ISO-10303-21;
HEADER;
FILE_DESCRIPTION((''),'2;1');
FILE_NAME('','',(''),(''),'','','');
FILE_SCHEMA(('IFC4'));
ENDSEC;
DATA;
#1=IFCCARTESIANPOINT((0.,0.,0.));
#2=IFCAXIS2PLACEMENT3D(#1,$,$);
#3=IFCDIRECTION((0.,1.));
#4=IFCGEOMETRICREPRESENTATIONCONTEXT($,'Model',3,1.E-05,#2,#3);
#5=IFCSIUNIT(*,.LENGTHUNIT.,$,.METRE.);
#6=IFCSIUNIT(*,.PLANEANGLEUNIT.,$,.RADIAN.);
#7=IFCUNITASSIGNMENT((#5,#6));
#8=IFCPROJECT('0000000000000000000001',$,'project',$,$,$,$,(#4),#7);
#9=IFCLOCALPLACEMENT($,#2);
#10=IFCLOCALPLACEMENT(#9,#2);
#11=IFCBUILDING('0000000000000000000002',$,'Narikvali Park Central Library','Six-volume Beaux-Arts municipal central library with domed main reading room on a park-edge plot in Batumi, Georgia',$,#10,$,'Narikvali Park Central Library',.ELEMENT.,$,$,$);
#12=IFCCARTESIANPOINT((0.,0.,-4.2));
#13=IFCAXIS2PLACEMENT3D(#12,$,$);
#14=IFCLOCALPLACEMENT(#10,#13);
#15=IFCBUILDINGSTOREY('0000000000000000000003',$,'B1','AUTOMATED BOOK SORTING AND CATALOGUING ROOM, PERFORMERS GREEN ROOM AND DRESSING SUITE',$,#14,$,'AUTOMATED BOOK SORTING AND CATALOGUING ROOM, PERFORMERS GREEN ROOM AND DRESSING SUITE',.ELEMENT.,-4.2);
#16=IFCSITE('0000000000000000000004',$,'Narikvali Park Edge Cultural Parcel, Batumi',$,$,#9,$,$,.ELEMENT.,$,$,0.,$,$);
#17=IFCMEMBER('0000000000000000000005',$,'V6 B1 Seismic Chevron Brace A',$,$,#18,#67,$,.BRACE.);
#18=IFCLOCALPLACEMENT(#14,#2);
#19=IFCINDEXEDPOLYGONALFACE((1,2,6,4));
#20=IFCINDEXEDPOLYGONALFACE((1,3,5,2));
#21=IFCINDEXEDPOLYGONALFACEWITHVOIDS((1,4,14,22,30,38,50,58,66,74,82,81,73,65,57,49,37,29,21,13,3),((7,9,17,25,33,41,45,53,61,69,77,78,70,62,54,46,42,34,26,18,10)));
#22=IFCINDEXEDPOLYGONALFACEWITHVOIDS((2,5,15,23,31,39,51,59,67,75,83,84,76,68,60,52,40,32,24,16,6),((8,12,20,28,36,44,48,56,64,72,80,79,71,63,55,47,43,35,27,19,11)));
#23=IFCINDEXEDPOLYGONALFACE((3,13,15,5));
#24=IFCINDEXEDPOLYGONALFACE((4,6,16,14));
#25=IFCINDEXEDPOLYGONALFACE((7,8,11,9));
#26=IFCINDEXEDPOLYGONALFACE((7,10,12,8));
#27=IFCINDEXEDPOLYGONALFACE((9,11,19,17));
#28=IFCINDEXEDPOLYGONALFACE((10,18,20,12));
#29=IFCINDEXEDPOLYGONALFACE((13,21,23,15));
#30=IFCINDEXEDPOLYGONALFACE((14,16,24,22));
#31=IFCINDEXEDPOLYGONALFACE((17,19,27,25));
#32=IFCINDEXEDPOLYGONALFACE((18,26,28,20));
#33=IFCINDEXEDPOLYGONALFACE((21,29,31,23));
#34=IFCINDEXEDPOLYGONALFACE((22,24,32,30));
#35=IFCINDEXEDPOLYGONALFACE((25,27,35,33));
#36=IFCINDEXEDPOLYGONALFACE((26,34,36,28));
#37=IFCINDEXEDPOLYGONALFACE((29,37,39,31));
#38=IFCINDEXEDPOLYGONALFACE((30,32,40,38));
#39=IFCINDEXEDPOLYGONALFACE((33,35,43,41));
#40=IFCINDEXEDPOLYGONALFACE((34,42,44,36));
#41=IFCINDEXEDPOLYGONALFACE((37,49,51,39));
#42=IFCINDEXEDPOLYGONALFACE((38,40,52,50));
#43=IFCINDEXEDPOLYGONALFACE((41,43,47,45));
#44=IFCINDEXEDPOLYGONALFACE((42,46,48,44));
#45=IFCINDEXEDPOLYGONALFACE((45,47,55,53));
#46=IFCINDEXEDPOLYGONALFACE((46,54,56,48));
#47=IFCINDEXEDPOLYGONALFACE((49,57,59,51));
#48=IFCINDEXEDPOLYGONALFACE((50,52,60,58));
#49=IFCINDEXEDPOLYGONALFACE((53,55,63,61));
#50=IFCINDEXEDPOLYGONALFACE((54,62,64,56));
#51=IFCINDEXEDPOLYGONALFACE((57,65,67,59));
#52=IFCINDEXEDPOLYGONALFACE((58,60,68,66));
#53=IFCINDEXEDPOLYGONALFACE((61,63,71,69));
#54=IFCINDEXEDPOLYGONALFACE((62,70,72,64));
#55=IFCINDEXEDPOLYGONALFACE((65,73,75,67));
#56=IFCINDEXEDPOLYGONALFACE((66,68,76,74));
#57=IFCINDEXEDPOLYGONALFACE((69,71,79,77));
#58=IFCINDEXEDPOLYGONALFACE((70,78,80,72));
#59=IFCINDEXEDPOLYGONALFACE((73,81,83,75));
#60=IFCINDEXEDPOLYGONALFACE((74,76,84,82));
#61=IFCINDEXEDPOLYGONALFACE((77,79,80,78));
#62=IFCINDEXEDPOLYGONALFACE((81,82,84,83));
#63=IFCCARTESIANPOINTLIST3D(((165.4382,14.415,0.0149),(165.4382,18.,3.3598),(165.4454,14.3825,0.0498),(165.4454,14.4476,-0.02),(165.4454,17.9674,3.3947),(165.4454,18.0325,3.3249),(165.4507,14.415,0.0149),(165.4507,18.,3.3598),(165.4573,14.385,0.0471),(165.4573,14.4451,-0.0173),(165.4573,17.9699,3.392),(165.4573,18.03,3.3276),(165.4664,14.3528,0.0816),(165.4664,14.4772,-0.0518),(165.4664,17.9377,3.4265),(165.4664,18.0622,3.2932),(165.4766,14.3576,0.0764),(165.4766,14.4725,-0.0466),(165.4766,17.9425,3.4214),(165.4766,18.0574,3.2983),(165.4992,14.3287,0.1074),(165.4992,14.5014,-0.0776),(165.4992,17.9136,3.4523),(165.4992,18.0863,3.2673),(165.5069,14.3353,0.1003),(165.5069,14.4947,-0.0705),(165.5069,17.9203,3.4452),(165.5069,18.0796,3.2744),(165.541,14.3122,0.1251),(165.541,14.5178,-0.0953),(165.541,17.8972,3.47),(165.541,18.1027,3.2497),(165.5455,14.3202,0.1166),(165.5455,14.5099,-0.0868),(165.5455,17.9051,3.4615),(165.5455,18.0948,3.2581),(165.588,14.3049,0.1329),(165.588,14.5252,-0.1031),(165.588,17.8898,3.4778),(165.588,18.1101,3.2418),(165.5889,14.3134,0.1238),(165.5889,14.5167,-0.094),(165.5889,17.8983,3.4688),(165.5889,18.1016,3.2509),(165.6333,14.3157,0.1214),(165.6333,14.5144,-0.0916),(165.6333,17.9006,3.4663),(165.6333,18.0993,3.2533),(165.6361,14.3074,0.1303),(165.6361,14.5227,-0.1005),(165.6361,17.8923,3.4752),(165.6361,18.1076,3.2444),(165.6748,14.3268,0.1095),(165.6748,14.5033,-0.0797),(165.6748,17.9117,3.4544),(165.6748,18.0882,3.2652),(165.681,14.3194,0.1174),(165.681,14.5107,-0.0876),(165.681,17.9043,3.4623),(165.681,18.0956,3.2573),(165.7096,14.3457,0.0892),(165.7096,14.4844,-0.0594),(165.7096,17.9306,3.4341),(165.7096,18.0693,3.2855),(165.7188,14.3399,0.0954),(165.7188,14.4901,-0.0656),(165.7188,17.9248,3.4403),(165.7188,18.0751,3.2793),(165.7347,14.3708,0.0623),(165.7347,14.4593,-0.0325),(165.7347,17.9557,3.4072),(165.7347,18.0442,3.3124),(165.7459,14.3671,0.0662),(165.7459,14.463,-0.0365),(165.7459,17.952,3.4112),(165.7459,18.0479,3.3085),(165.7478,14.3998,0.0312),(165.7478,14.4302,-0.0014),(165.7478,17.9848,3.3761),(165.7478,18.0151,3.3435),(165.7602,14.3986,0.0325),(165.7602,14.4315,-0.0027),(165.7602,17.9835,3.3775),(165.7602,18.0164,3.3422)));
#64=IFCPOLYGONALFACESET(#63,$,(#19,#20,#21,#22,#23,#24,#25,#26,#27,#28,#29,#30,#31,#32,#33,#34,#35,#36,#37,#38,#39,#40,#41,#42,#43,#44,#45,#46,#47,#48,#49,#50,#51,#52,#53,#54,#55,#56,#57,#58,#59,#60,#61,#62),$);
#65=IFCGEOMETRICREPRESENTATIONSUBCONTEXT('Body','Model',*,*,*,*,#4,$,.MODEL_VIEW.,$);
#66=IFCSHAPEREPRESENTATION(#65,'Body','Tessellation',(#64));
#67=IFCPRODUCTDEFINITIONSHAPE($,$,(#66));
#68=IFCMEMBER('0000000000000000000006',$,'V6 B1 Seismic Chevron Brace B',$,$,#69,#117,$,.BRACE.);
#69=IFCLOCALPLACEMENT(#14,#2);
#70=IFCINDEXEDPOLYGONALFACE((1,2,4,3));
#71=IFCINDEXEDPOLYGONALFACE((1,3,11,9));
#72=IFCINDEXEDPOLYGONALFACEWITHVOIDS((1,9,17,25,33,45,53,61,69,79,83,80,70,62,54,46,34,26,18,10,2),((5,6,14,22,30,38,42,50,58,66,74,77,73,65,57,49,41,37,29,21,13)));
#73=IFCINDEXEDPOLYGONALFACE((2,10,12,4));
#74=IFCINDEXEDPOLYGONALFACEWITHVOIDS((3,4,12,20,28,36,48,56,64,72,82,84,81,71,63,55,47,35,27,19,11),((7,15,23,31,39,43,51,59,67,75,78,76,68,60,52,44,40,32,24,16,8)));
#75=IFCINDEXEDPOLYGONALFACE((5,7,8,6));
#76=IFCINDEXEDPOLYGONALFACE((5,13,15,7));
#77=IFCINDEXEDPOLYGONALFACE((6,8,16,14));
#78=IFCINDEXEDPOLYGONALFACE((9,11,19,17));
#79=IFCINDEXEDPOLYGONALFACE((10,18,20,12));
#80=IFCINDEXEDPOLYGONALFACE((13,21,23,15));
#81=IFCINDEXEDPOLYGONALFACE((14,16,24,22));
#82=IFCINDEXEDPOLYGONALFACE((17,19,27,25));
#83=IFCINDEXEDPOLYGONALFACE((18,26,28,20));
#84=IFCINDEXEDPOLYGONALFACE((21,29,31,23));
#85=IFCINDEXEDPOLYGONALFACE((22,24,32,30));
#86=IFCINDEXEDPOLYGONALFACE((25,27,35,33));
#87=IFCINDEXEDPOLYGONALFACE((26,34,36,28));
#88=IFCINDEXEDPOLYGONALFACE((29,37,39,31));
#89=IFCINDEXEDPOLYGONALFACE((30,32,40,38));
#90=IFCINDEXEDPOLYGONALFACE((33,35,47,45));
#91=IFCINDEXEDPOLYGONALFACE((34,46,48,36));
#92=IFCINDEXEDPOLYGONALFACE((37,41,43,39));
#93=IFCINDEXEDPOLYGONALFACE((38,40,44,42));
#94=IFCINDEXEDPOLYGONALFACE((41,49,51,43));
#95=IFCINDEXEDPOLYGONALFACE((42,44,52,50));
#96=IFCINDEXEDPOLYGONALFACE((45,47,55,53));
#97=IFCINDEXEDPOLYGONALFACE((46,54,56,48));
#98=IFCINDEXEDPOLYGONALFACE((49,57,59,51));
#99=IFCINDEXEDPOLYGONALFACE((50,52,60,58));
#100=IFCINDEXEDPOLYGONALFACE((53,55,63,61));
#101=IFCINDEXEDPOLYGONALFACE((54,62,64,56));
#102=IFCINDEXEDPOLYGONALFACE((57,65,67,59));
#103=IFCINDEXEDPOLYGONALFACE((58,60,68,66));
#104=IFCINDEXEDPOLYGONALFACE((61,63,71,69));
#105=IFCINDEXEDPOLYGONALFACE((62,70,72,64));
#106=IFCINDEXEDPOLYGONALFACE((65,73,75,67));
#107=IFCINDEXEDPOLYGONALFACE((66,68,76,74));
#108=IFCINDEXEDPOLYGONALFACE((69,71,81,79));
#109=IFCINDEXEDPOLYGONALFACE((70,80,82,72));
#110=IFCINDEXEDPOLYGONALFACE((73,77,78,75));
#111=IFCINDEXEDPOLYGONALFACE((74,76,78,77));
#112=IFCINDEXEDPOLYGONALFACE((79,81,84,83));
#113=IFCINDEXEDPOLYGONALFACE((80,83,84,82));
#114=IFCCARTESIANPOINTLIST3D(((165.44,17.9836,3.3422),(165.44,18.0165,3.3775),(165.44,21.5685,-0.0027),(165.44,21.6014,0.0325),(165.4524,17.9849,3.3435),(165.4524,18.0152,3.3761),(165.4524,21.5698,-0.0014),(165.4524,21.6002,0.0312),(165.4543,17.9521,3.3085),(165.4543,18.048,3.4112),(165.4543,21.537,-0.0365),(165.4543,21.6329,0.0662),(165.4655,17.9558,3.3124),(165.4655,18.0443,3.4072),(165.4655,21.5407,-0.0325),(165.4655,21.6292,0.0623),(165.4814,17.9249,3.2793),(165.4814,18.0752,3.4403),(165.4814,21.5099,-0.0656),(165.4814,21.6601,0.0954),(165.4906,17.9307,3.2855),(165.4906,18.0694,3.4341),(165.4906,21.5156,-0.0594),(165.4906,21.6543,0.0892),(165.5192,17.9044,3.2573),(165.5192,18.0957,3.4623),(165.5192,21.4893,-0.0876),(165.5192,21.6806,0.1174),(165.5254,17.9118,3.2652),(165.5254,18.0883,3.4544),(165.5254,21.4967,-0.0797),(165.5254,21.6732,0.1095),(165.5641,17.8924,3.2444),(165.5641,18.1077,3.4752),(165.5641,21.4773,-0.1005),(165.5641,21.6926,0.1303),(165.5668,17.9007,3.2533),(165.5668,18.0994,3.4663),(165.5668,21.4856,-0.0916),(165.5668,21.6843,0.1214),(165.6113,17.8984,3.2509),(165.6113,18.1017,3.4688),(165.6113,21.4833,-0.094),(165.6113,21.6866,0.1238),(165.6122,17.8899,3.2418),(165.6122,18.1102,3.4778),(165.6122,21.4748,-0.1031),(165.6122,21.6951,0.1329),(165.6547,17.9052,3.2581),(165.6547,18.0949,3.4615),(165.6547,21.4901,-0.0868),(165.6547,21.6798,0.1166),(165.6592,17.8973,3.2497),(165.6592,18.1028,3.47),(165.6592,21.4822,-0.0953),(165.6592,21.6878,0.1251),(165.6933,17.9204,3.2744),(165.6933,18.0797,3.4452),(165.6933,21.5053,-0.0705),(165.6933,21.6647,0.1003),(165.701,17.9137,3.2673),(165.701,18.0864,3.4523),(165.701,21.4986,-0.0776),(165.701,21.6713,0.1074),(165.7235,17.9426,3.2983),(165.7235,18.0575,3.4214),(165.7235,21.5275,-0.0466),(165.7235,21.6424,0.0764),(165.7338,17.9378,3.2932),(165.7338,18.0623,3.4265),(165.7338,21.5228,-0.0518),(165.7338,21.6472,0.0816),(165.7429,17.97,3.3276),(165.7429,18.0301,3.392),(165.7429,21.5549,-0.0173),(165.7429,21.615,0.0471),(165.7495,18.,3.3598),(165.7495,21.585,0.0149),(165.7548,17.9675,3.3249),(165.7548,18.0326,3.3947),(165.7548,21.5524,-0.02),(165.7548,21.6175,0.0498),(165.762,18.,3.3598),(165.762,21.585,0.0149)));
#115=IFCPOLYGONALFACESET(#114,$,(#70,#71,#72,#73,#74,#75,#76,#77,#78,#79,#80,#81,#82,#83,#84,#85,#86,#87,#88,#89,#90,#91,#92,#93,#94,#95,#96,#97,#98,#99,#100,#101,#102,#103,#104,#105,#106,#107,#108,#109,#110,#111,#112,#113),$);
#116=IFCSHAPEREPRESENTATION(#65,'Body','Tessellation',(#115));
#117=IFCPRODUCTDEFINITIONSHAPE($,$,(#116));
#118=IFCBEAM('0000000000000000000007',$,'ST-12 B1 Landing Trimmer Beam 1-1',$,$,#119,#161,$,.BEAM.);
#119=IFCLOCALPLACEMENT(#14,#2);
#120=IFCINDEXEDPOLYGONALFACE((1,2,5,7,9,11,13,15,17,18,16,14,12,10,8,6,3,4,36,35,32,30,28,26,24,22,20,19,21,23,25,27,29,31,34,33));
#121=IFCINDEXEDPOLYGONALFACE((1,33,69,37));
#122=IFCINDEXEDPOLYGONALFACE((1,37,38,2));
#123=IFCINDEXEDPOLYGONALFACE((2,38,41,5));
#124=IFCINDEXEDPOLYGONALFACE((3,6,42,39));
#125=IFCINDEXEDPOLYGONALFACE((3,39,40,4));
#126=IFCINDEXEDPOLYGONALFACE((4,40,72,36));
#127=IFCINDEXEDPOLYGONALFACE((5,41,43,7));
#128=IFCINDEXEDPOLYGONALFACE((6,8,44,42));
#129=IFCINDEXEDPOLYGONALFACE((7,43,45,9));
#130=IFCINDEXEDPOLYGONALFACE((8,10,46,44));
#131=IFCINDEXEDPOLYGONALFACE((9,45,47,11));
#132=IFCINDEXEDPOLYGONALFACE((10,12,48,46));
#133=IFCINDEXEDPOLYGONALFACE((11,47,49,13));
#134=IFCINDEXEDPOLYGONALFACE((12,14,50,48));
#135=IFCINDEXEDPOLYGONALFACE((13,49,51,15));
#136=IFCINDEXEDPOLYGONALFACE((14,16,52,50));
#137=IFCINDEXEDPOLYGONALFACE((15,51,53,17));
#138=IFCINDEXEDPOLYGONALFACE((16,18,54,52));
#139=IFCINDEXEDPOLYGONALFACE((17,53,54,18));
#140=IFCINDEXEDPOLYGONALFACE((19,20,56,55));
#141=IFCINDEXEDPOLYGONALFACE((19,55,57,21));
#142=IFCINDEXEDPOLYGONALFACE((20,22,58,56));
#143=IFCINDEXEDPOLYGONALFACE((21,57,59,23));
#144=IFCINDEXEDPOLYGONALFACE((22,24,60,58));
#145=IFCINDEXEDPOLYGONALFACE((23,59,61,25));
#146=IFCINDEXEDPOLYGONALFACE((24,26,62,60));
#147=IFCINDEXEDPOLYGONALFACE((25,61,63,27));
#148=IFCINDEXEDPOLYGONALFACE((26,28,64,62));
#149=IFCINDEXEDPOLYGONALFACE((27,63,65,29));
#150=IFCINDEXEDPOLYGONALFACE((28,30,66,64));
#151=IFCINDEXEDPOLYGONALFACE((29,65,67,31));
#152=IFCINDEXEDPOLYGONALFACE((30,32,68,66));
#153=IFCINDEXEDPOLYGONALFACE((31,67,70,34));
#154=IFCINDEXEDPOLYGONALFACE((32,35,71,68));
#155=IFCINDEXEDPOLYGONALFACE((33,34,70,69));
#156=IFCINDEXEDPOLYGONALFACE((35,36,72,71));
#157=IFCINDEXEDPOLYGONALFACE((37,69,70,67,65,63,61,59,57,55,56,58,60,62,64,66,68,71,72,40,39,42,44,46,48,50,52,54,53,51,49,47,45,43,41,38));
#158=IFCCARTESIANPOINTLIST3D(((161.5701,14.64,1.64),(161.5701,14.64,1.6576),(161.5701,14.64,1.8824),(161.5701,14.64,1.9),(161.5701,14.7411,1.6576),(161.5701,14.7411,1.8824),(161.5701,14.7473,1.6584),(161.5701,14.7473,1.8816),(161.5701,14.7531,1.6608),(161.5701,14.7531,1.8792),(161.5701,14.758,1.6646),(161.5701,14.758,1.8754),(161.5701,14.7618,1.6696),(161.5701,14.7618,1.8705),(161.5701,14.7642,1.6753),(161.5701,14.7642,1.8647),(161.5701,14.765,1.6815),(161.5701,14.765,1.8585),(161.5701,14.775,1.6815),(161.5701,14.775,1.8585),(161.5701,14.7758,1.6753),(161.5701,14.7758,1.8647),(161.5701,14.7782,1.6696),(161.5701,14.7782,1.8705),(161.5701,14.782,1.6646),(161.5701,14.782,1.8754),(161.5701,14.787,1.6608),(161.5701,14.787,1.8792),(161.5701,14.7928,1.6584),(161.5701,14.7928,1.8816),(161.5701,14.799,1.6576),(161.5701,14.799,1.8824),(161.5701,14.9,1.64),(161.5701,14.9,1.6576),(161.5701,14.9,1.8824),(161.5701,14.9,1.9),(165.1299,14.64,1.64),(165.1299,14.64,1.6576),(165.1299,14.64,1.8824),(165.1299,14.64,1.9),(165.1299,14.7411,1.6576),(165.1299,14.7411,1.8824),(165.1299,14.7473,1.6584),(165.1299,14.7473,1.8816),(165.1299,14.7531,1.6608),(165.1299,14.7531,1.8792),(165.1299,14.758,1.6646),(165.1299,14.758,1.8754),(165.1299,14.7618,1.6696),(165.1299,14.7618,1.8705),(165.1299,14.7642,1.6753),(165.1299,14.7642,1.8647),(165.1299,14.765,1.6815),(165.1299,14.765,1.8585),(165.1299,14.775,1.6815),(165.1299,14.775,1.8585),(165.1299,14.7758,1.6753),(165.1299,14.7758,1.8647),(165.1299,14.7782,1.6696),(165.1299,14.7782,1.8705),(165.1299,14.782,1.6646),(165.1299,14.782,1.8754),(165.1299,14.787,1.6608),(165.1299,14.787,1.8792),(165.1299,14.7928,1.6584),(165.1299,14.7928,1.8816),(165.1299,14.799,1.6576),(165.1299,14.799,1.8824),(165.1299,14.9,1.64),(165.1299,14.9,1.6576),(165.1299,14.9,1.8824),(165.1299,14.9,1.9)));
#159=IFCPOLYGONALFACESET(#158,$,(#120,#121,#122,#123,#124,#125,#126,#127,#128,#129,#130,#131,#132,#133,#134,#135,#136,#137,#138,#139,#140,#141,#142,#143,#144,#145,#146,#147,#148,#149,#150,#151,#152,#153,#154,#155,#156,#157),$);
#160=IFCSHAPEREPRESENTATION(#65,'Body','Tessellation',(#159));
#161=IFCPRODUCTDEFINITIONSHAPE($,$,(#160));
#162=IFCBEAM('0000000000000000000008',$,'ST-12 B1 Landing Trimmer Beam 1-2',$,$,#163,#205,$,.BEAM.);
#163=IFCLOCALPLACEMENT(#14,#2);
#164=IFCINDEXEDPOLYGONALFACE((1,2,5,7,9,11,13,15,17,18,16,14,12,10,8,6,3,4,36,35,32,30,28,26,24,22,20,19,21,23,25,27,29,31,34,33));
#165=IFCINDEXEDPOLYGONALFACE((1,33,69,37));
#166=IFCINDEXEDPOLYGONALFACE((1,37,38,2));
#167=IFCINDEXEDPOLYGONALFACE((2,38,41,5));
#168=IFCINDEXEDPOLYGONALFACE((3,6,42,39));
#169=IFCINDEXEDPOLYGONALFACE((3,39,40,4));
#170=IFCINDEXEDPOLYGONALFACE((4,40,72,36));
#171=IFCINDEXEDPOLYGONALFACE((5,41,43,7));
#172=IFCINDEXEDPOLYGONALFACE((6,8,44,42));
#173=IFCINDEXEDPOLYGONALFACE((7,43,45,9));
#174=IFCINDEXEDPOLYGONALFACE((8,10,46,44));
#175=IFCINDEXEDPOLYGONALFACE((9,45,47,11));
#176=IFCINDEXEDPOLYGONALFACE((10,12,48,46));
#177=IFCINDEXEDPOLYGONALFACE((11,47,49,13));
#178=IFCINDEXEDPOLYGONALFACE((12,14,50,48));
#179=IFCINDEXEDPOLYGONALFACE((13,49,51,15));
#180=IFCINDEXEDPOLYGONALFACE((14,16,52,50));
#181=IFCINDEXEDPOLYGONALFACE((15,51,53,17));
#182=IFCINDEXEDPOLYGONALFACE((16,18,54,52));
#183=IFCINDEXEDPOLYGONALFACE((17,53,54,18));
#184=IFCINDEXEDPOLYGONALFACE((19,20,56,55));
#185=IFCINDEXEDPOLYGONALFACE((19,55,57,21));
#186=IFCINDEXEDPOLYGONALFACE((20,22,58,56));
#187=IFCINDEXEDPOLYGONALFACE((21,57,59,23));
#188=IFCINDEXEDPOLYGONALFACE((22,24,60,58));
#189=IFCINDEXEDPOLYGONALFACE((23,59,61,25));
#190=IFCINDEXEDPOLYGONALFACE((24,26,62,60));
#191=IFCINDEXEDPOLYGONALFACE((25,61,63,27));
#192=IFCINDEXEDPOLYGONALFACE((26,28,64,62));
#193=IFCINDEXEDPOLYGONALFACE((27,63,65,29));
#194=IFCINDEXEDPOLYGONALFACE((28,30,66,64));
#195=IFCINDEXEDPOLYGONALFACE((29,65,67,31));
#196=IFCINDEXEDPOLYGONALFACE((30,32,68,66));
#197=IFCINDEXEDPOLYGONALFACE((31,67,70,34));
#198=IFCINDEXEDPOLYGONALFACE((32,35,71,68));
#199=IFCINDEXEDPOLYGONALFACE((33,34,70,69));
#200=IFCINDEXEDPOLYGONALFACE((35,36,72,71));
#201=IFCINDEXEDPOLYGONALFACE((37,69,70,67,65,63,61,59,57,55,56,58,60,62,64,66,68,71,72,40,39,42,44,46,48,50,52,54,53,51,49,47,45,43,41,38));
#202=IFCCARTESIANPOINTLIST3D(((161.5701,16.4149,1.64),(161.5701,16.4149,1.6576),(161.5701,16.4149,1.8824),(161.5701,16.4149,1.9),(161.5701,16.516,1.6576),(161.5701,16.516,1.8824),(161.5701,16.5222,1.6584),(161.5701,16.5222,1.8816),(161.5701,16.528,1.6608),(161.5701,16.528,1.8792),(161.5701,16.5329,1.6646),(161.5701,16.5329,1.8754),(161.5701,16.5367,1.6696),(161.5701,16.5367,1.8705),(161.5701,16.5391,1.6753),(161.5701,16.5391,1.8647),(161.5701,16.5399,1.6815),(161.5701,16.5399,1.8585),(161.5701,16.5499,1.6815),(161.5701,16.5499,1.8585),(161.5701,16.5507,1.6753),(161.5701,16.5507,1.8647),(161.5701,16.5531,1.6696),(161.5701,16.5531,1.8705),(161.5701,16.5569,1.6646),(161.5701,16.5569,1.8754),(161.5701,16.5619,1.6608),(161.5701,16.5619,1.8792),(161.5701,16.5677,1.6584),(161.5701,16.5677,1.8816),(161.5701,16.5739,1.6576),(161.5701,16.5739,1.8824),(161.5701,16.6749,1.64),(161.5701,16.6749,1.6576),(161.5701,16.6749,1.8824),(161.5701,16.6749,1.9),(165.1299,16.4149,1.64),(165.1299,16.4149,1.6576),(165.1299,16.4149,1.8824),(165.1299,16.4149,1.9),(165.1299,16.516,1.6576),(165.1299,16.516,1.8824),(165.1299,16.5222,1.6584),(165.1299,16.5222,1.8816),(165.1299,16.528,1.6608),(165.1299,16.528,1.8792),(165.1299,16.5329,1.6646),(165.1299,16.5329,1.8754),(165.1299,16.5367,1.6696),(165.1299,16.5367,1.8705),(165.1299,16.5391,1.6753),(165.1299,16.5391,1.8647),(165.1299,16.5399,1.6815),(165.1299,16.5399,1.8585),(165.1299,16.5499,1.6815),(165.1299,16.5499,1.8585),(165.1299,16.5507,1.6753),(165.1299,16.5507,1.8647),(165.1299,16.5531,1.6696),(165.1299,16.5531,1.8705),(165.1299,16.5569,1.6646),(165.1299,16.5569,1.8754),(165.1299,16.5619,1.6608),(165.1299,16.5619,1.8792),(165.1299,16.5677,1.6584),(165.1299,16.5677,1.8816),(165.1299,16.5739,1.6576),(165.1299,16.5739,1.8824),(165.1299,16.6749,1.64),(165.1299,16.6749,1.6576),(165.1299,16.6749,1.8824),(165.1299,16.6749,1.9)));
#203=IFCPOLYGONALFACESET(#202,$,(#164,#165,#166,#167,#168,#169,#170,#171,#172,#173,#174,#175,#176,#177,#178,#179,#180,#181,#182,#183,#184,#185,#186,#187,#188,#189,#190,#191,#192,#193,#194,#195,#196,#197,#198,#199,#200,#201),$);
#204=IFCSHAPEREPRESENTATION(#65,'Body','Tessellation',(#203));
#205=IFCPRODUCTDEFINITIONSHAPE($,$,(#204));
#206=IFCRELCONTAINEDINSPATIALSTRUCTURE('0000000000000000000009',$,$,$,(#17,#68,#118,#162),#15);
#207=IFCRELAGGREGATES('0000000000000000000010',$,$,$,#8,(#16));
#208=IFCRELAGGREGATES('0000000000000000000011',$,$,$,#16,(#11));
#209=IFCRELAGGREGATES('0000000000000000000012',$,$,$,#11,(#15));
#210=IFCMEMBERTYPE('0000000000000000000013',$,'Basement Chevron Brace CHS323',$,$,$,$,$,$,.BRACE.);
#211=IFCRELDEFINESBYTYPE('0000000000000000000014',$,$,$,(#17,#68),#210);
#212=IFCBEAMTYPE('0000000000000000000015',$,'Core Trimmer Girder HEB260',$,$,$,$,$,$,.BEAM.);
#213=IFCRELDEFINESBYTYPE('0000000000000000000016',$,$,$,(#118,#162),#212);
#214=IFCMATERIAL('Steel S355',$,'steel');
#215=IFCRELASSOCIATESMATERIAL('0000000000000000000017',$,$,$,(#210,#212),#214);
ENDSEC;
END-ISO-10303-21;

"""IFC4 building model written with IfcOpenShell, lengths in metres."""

from ifc_helpers import new_model, si_unit, direction, frame, origin, origin_2d, place, context, subcontext, project, spatial, hollow_circle, i_section, extrude, material, material_profile, profile_set, type_object, element, save


model = new_model("IFC4")

# Units and contexts
model_context = context("Model", 3, precision=1e-05, world=origin(), true_north=direction((0.0, 1.0)))
body_context = subcontext(model_context, "Body", "Model", "MODEL_VIEW")
ifc_project = project(units=[si_unit("LENGTHUNIT", "METRE"), si_unit("PLANEANGLEUNIT", "RADIAN")], contexts=[model_context])

# Site, building, storey
site_placement = place(None, origin())
site = spatial("IfcSite", under=ifc_project, at=site_placement, Name="Narikvali Park Edge Cultural Parcel, Batumi", CompositionType="ELEMENT", RefElevation=0.0)
building_placement = place(site_placement, origin())
building = spatial("IfcBuilding", under=site, at=building_placement, Name="Narikvali Park Central Library", Description="Six-volume Beaux-Arts municipal central library with domed main reading room on a park-edge plot in Batumi, Georgia", LongName="Narikvali Park Central Library", CompositionType="ELEMENT")
storey_placement = place(building_placement, frame((0.0, 0.0, -4.2)))
storey = spatial("IfcBuildingStorey", under=building, at=storey_placement, Name="B1", Description="AUTOMATED BOOK SORTING AND CATALOGUING ROOM, PERFORMERS GREEN ROOM AND DRESSING SUITE", LongName="AUTOMATED BOOK SORTING AND CATALOGUING ROOM, PERFORMERS GREEN ROOM AND DRESSING SUITE", CompositionType="ELEMENT", Elevation=-4.2)

# Shared definitions
ifc_material_1 = material(Name="Steel S355", Category="steel")

# Members
ifc_material_profile_1 = material_profile(ifc_material_1, hollow_circle(Radius=0.1619, WallThickness=0.0125, at=origin_2d()), Name="CHS 323.9x12.5")
ifc_profile_set_1 = profile_set([ifc_material_profile_1], Name="Steel S355")
member_type = type_object("IfcMemberType", Name="Basement Chevron Brace CHS323", PredefinedType="BRACE", material=ifc_profile_set_1)
for number, where, z_axis, x_axis, name in (
    (1, (165.6001, 14.415, 0.0149), (0.0, 0.731156, 0.68221), (-1.0, 0.0, 0.0), "V6 B1 Seismic Chevron Brace A"),
    (2, (165.6001, 21.585, 0.0149), (0.0, -0.731156, 0.68221), (1.0, 0.0, 0.0), "V6 B1 Seismic Chevron Brace B"),
):
    element("IfcMember", number, at=place(storey_placement, frame(where, z_axis=z_axis, x_axis=x_axis)), inside=storey, type_object=member_type, Name=name, PredefinedType="BRACE", context=body_context, shape_type="SweptSolid", body=[
        extrude(hollow_circle(Radius=0.1619, WallThickness=0.0125, at=origin_2d()), origin(), (0.0, 0.0, 1.0), 4.9031),
    ])

# Beams
ifc_material_profile_2 = material_profile(ifc_material_1, i_section(OverallWidth=0.26, OverallDepth=0.26, WebThickness=0.01, FlangeThickness=0.0176, FilletRadius=0.0239, at=origin_2d()), Name="HEB 260")
ifc_profile_set_2 = profile_set([ifc_material_profile_2], Name="Steel S355")
beam_type = type_object("IfcBeamType", Name="Core Trimmer Girder HEB260", PredefinedType="BEAM", material=ifc_profile_set_2)
for number, where, z_axis, x_axis, name in (
    (3, (161.5701, 14.77, 1.77), (1.0, 0.0, 0.0), (0.0, 1.0, 0.0), "ST-12 B1 Landing Trimmer Beam 1-1"),
    (4, (161.5701, 16.5449, 1.77), (1.0, 0.0, 0.0), (0.0, 1.0, 0.0), "ST-12 B1 Landing Trimmer Beam 1-2"),
):
    element("IfcBeam", number, at=place(storey_placement, frame(where, z_axis=z_axis, x_axis=x_axis)), inside=storey, type_object=beam_type, Name=name, PredefinedType="BEAM", context=body_context, shape_type="SweptSolid", body=[
        extrude(i_section(OverallWidth=0.26, OverallDepth=0.26, WebThickness=0.01, FlangeThickness=0.0176, FilletRadius=0.0239, at=origin_2d()), origin(), (0.0, 0.0, 1.0), 3.5598),
    ])

save(model, "model.ifc")
